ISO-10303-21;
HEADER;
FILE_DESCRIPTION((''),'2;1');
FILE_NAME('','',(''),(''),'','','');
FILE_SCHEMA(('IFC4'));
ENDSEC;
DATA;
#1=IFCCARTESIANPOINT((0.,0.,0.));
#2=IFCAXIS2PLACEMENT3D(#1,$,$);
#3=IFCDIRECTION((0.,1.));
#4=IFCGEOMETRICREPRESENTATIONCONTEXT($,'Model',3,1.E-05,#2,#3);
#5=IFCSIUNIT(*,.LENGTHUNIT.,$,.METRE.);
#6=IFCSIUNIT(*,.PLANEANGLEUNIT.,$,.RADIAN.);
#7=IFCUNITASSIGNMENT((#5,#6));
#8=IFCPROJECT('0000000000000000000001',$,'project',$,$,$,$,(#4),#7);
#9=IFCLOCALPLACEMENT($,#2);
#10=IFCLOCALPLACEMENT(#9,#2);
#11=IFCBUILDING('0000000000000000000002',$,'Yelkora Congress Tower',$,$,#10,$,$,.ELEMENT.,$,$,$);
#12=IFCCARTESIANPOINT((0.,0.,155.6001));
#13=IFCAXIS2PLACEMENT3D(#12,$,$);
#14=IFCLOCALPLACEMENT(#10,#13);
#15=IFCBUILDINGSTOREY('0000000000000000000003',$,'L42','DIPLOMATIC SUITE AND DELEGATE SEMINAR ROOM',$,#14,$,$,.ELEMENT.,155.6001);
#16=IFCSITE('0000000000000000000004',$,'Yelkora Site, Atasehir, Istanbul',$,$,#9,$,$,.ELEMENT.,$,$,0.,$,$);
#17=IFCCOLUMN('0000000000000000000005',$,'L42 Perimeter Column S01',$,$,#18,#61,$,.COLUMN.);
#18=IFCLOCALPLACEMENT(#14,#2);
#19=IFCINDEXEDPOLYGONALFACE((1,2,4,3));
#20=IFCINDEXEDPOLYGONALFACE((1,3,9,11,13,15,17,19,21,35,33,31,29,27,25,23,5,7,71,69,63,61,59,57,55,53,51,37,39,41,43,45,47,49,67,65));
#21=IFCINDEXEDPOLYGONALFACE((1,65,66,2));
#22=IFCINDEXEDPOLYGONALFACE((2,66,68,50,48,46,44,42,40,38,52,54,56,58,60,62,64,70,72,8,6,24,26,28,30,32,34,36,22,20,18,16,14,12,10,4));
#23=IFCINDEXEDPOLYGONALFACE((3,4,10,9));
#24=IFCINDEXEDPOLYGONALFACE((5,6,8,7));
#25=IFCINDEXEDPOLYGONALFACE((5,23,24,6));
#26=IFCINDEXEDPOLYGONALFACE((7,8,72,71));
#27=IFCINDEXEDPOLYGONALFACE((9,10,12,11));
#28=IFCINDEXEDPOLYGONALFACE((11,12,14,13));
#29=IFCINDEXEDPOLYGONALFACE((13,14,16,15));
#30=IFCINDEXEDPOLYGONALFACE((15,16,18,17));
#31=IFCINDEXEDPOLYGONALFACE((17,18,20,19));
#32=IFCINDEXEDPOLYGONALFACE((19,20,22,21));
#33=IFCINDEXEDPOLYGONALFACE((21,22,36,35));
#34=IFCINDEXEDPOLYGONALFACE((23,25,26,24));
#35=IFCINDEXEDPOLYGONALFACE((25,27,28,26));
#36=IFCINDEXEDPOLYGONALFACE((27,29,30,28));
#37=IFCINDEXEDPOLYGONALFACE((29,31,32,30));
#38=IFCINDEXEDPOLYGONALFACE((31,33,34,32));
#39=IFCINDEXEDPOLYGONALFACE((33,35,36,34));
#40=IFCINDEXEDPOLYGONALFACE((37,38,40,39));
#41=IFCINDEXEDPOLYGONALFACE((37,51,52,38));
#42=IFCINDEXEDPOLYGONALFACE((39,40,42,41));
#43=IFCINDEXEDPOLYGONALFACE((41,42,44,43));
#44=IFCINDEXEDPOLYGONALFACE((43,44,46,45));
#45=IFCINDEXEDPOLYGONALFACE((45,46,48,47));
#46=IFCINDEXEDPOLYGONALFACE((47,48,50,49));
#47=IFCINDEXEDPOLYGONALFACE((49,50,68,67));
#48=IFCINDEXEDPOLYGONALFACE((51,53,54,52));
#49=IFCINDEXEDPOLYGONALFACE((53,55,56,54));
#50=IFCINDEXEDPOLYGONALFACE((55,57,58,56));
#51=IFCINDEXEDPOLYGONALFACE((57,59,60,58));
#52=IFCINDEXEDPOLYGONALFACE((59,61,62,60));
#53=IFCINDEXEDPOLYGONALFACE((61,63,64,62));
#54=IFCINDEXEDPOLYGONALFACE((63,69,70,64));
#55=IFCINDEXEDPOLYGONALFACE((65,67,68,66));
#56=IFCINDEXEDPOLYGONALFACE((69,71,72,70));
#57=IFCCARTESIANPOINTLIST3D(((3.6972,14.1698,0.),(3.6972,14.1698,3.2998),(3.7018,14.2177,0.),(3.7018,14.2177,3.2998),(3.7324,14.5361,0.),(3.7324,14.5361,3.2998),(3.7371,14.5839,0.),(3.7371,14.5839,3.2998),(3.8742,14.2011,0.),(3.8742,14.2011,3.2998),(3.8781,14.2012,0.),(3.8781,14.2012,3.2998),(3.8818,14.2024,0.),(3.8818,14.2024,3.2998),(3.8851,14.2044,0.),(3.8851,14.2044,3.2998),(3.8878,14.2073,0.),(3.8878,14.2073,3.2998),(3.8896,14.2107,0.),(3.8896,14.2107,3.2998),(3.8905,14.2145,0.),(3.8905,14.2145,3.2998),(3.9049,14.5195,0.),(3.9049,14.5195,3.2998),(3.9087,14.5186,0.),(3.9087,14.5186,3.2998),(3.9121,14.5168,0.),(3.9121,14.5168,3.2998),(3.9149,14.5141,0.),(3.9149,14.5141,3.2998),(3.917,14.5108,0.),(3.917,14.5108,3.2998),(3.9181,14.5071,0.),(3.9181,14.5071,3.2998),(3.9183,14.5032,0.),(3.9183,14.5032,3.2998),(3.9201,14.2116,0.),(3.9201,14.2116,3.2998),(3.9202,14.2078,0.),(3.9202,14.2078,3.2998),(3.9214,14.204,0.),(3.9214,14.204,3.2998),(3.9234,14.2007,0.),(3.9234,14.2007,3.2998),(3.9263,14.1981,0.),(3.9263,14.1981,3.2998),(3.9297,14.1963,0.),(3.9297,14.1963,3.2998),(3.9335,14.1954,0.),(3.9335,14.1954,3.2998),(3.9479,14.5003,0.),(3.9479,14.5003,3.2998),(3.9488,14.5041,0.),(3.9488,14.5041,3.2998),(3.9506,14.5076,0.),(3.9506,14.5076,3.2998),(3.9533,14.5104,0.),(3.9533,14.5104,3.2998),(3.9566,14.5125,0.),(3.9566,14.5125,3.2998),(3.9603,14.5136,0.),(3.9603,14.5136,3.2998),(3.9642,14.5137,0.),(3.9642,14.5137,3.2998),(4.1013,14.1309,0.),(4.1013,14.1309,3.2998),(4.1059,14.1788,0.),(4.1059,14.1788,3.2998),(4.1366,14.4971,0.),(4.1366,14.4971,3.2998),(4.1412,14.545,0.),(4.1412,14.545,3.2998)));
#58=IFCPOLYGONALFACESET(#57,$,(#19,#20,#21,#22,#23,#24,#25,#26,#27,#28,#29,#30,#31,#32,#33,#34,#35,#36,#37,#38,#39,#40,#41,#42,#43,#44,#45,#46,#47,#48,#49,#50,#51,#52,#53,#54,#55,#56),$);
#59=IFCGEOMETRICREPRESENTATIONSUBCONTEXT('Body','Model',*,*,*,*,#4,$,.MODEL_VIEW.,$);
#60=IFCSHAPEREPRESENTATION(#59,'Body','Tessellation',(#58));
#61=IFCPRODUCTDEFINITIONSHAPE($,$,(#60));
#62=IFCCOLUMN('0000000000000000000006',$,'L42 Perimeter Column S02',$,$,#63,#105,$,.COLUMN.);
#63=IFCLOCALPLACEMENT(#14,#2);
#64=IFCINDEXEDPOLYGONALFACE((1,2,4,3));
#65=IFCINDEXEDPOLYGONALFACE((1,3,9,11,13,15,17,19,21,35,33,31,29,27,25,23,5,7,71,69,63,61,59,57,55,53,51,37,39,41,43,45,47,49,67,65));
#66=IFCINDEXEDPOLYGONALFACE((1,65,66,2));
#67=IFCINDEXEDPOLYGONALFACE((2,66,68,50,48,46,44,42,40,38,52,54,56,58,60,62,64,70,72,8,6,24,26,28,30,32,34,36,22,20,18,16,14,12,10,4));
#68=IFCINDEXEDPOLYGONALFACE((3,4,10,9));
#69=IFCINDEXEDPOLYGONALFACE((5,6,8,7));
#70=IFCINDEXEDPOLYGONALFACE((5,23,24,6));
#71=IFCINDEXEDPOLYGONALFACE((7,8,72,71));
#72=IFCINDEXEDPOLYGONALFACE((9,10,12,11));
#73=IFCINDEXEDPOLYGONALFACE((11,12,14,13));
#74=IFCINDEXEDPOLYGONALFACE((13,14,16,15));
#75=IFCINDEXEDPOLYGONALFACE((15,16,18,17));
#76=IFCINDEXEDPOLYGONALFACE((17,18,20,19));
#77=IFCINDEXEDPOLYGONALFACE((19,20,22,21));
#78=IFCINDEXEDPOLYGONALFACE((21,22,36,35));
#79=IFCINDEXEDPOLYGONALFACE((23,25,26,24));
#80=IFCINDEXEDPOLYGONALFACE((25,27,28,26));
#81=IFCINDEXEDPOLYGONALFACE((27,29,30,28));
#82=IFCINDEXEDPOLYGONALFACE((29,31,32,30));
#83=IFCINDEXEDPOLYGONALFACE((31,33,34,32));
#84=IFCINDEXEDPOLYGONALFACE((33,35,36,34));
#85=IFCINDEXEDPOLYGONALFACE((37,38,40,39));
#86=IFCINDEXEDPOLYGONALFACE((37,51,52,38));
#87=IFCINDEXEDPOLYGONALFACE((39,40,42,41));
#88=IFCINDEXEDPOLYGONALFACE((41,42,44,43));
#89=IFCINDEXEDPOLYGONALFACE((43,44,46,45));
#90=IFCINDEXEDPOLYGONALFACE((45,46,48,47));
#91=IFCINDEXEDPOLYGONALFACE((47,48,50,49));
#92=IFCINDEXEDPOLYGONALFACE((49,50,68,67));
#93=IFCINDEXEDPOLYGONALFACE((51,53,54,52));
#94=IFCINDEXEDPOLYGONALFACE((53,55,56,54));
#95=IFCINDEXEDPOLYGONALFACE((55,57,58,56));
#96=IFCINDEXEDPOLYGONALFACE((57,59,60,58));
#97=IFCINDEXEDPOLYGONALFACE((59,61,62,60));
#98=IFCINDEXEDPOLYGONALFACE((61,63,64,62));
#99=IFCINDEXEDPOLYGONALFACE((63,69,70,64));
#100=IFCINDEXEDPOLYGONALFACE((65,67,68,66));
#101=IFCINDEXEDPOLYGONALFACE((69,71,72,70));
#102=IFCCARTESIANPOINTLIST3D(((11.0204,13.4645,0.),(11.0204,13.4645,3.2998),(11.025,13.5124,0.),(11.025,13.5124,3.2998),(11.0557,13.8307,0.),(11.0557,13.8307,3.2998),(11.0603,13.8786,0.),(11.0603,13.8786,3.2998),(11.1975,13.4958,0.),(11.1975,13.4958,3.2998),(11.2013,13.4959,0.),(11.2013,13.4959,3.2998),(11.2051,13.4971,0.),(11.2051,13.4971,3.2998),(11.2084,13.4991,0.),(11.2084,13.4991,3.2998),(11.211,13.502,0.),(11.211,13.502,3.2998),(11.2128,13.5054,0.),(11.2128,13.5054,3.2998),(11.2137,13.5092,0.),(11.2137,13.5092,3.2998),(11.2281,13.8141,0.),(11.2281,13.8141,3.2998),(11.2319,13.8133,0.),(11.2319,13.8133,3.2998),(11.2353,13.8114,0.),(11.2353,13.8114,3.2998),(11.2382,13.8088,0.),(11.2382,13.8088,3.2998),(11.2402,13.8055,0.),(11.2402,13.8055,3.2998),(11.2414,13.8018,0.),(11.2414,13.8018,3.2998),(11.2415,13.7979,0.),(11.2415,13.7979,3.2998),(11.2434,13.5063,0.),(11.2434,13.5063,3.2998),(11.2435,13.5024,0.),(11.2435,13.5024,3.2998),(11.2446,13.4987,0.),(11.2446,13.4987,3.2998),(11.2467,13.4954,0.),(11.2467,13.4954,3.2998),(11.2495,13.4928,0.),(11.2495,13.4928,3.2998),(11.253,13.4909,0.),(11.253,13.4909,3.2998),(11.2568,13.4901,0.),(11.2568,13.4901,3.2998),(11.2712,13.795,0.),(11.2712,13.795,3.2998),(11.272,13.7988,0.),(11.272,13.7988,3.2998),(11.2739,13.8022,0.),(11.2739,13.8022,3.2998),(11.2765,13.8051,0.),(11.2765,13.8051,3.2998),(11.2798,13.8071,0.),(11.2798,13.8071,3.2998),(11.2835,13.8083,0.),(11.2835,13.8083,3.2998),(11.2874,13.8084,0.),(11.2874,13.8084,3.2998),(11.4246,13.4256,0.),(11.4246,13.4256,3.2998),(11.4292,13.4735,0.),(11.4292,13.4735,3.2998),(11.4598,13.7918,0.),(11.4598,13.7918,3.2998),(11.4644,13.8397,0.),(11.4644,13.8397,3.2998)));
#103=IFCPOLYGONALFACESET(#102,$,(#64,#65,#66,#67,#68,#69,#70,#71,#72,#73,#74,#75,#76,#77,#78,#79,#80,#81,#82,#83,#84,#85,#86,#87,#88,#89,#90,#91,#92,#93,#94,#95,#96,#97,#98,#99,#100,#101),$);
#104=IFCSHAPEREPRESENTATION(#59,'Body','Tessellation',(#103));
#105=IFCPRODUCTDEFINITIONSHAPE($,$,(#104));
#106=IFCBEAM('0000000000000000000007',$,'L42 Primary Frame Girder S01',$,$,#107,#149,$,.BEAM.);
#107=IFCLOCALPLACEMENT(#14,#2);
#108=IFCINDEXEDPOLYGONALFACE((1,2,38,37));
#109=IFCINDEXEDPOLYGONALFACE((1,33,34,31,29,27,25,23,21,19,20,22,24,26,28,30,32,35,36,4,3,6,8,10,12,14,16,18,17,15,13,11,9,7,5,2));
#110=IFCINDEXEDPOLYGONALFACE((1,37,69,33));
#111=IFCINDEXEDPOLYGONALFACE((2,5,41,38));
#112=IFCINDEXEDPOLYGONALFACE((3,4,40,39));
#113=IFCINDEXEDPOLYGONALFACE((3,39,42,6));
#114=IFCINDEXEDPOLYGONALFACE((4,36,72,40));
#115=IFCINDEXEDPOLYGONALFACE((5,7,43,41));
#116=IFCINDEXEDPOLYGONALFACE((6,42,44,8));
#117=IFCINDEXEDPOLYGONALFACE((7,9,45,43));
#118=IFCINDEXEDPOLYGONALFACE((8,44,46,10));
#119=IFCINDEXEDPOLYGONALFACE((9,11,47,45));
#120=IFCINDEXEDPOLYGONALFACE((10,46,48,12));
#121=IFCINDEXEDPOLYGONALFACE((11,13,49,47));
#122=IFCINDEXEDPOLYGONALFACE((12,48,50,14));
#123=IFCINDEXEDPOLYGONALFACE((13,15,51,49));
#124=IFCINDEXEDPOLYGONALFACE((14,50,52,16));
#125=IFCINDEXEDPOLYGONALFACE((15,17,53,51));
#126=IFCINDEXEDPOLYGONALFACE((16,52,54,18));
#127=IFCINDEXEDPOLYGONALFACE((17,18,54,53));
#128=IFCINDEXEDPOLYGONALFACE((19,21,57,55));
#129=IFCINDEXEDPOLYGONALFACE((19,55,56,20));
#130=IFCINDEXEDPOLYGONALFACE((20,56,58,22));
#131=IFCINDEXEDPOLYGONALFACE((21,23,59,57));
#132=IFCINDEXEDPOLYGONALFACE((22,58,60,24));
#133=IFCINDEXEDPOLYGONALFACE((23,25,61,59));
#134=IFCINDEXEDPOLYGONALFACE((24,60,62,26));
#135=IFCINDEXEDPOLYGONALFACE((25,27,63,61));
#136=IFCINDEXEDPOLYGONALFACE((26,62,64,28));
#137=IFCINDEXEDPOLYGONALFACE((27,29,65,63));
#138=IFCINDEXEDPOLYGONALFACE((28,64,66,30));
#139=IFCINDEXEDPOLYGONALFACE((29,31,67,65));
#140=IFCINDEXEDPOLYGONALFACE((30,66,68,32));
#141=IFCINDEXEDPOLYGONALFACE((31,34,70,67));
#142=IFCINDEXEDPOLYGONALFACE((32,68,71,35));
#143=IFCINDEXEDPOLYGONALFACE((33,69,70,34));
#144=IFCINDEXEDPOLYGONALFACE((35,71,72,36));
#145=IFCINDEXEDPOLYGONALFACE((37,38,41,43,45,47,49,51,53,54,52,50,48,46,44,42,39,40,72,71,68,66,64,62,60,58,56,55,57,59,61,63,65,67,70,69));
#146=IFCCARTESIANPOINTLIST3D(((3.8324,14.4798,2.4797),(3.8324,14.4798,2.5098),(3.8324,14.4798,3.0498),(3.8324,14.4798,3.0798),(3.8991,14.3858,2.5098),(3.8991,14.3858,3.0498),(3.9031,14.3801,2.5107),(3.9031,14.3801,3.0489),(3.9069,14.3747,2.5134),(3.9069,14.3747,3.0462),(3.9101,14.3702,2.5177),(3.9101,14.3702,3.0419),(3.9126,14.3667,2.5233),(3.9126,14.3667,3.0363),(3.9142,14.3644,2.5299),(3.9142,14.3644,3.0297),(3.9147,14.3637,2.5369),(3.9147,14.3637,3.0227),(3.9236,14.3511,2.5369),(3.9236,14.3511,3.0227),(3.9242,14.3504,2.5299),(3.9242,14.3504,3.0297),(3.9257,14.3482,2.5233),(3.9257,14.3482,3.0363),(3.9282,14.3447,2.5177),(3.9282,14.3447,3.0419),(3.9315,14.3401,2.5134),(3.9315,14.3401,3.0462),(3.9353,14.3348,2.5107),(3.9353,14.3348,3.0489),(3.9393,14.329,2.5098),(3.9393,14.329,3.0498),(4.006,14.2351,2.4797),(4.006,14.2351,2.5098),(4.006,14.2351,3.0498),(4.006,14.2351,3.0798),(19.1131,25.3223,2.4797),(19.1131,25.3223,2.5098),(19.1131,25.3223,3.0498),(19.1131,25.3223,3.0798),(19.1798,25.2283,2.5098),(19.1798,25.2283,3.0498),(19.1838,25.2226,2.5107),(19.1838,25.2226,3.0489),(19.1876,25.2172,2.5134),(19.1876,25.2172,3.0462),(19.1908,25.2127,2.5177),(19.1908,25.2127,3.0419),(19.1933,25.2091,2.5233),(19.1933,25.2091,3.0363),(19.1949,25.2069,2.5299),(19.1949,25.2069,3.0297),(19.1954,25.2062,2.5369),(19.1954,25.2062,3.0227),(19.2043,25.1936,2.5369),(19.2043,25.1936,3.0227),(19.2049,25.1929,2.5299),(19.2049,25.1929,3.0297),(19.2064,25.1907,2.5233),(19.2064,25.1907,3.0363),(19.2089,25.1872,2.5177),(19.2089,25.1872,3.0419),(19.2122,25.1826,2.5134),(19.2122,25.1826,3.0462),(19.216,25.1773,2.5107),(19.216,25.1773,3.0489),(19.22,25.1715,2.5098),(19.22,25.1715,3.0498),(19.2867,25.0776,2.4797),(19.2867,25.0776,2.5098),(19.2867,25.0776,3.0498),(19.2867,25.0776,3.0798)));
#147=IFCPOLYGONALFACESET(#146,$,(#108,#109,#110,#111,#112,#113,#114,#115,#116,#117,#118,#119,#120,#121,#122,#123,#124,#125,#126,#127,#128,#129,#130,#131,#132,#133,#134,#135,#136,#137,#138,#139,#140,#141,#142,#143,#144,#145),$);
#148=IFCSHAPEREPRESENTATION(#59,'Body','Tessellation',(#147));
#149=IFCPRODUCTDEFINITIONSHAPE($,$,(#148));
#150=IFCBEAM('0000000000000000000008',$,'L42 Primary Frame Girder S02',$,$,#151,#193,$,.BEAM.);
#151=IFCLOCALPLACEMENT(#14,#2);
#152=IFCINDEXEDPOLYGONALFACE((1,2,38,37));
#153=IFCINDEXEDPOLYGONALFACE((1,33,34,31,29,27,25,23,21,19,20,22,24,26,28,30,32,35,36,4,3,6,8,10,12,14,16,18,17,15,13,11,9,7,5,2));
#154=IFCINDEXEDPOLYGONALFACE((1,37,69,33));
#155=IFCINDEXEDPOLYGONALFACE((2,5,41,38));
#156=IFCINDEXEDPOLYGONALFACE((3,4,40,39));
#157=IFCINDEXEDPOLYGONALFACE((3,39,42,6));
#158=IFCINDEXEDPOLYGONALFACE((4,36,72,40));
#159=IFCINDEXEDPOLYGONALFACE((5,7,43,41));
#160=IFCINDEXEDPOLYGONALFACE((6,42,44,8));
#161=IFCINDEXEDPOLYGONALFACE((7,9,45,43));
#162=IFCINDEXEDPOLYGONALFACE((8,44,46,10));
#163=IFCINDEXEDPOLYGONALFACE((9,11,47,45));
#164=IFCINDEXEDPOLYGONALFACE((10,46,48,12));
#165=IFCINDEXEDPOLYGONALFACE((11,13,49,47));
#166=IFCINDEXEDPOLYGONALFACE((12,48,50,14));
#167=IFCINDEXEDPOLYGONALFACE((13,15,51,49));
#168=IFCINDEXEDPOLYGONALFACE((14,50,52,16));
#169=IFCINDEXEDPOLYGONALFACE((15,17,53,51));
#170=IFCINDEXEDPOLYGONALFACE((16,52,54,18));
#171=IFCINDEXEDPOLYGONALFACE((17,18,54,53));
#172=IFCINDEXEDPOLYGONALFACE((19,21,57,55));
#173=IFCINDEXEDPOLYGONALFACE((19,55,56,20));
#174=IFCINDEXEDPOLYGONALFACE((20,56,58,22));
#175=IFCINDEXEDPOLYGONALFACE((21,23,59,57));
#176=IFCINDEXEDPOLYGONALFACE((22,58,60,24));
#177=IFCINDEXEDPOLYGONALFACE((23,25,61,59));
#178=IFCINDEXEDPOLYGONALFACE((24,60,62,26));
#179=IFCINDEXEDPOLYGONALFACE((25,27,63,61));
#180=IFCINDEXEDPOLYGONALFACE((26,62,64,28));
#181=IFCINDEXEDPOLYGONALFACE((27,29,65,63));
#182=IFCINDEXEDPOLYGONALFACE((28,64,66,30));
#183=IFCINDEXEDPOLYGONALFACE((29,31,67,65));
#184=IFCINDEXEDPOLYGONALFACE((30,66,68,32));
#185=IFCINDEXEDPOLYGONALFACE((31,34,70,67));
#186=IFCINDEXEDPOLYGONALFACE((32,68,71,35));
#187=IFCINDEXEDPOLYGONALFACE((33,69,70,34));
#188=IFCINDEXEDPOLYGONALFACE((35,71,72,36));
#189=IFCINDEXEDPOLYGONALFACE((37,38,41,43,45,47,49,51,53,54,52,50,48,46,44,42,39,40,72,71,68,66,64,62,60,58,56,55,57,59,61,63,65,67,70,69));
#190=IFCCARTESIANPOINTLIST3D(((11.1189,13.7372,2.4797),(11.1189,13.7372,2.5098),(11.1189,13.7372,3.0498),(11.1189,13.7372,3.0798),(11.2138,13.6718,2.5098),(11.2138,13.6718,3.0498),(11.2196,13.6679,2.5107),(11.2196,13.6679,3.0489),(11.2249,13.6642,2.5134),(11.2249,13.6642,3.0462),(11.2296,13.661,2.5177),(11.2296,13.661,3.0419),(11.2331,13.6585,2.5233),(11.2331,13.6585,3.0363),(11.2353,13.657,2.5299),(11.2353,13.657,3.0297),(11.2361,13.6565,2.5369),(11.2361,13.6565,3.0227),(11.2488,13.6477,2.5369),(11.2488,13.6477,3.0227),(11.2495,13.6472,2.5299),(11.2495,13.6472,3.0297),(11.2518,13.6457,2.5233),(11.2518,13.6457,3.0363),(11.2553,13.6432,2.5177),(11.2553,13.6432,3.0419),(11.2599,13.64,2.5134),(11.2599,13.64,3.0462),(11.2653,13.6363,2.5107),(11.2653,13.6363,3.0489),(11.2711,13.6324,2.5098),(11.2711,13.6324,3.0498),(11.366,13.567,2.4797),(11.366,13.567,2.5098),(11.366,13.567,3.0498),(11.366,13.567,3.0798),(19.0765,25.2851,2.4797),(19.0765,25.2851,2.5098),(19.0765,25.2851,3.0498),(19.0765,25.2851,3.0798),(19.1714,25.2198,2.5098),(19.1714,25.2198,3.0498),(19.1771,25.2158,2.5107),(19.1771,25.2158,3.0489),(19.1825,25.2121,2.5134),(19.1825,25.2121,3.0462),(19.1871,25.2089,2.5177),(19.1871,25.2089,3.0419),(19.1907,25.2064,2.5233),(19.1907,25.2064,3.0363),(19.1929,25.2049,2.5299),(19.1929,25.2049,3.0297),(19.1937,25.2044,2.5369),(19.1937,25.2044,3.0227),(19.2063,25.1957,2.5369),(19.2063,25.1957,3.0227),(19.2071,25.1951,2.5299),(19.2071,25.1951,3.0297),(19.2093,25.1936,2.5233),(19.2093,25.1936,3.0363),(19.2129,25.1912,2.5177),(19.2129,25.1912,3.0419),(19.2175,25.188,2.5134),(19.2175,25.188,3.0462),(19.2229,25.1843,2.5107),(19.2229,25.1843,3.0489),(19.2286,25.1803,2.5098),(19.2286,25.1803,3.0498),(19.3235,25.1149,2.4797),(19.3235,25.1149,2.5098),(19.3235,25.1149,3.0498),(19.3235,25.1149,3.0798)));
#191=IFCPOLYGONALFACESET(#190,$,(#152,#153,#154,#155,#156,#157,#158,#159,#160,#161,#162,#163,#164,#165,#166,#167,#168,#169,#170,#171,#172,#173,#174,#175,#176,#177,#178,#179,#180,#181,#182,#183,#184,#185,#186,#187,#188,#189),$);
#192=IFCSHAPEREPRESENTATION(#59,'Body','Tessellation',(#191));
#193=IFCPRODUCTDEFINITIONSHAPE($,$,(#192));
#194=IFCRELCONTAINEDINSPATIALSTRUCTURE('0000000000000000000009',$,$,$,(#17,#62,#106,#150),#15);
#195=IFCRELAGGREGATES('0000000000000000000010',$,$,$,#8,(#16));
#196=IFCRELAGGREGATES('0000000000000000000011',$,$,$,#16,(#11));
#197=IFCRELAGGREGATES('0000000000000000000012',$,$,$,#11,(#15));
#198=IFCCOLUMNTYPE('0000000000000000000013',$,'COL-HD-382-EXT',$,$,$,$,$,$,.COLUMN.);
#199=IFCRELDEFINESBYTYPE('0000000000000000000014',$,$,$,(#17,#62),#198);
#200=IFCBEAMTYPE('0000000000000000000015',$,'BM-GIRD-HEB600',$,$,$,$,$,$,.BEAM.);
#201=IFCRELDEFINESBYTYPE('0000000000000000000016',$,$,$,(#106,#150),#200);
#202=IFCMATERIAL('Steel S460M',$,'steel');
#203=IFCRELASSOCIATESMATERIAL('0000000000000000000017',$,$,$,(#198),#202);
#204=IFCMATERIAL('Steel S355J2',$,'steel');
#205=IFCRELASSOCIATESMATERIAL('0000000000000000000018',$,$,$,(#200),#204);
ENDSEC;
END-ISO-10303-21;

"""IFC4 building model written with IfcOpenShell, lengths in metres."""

from ifc_helpers import new_model, si_unit, direction, frame, origin, origin_2d, place, context, subcontext, project, spatial, i_section, extrude, material, material_profile, profile_set, type_object, element, save


model = new_model("IFC4")

# Units and contexts
model_context = context("Model", 3, precision=1e-05, world=origin(), true_north=direction((0.0, 1.0)))
body_context = subcontext(model_context, "Body", "Model", "MODEL_VIEW")
ifc_project = project(units=[si_unit("LENGTHUNIT", "METRE"), si_unit("PLANEANGLEUNIT", "RADIAN")], contexts=[model_context])

# Site, building, storey
site_placement = place(None, origin())
site = spatial("IfcSite", under=ifc_project, at=site_placement, Name="Yelkora Site, Atasehir, Istanbul", CompositionType="ELEMENT", RefElevation=0.0)
building_placement = place(site_placement, origin())
building = spatial("IfcBuilding", under=site, at=building_placement, Name="Yelkora Congress Tower", CompositionType="ELEMENT")
storey_placement = place(building_placement, frame((0.0, 0.0, 155.6001)))
storey = spatial("IfcBuildingStorey", under=building, at=storey_placement, Name="L42", Description="DIPLOMATIC SUITE AND DELEGATE SEMINAR ROOM", CompositionType="ELEMENT", Elevation=155.6001)

# Columns
ifc_material_1 = material(Name="Steel S460M", Category="steel")
ifc_material_profile_1 = material_profile(ifc_material_1, i_section(OverallWidth=0.406, OverallDepth=0.416, WebThickness=0.0298, FlangeThickness=0.0481, FilletRadius=0.0149, at=origin_2d()), Name="HD 400x382")
ifc_profile_set_1 = profile_set([ifc_material_profile_1], Name="Steel S460M")
column_type = type_object("IfcColumnType", Name="COL-HD-382-EXT", PredefinedType="COLUMN", material=ifc_profile_set_1)
for number, where, z_axis, x_axis, name in (
    (1, (3.9192, 14.3574, 0.0), (0.0, 0.0, 1.0), (0.995396, -0.095846, 0.0), "L42 Perimeter Column S01"),
    (2, (11.2424, 13.6521, 0.0), (0.0, 0.0, 1.0), (0.995396, -0.095846, 0.0), "L42 Perimeter Column S02"),
):
    element("IfcColumn", number, at=place(storey_placement, frame(where, z_axis=z_axis, x_axis=x_axis)), inside=storey, type_object=column_type, Name=name, PredefinedType="COLUMN", context=body_context, shape_type="SweptSolid", body=[
        extrude(i_section(OverallWidth=0.406, OverallDepth=0.416, WebThickness=0.0298, FlangeThickness=0.0481, FilletRadius=0.0149, at=origin_2d()), origin(), (0.0, 0.0, 1.0), 3.2998),
    ])

# Beams
ifc_material_2 = material(Name="Steel S355J2", Category="steel")
ifc_material_profile_2 = material_profile(ifc_material_2, i_section(OverallWidth=0.3, OverallDepth=0.6001, WebThickness=0.0154, FlangeThickness=0.03, FilletRadius=0.0271, at=origin_2d()), Name="HEB 600")
ifc_profile_set_2 = profile_set([ifc_material_profile_2], Name="Steel S355J2")
beam_type_1 = type_object("IfcBeamType", Name="BM-GIRD-HEB600", PredefinedType="BEAM", material=ifc_profile_set_2)
beam_1_placement = place(storey_placement, frame((3.9192, 14.3574, 2.7798), z_axis=(0.815555, 0.57868, 0.0), x_axis=(-0.57868, 0.815555, 0.0)))
element("IfcBeam", 3, at=beam_1_placement, inside=storey, type_object=beam_type_1, Name="L42 Primary Frame Girder S01", PredefinedType="BEAM", context=body_context, shape_type="SweptSolid", body=[
    extrude(i_section(OverallWidth=0.3, OverallDepth=0.6001, WebThickness=0.0154, FlangeThickness=0.03, FilletRadius=0.0271, at=origin_2d()), origin(), (0.0, 0.0, 1.0), 18.7366),
])
beam_2_placement = place(storey_placement, frame((11.2424, 13.6521, 2.7798), z_axis=(0.567418, 0.82343, 0.0), x_axis=(-0.82343, 0.567418, 0.0)))
element("IfcBeam", 4, at=beam_2_placement, inside=storey, type_object=beam_type_1, Name="L42 Primary Frame Girder S02", PredefinedType="BEAM", context=body_context, shape_type="SweptSolid", body=[
    extrude(i_section(OverallWidth=0.3, OverallDepth=0.6001, WebThickness=0.0154, FlangeThickness=0.03, FilletRadius=0.0271, at=origin_2d()), origin(), (0.0, 0.0, 1.0), 14.0242),
])

save(model, "model.ifc")
